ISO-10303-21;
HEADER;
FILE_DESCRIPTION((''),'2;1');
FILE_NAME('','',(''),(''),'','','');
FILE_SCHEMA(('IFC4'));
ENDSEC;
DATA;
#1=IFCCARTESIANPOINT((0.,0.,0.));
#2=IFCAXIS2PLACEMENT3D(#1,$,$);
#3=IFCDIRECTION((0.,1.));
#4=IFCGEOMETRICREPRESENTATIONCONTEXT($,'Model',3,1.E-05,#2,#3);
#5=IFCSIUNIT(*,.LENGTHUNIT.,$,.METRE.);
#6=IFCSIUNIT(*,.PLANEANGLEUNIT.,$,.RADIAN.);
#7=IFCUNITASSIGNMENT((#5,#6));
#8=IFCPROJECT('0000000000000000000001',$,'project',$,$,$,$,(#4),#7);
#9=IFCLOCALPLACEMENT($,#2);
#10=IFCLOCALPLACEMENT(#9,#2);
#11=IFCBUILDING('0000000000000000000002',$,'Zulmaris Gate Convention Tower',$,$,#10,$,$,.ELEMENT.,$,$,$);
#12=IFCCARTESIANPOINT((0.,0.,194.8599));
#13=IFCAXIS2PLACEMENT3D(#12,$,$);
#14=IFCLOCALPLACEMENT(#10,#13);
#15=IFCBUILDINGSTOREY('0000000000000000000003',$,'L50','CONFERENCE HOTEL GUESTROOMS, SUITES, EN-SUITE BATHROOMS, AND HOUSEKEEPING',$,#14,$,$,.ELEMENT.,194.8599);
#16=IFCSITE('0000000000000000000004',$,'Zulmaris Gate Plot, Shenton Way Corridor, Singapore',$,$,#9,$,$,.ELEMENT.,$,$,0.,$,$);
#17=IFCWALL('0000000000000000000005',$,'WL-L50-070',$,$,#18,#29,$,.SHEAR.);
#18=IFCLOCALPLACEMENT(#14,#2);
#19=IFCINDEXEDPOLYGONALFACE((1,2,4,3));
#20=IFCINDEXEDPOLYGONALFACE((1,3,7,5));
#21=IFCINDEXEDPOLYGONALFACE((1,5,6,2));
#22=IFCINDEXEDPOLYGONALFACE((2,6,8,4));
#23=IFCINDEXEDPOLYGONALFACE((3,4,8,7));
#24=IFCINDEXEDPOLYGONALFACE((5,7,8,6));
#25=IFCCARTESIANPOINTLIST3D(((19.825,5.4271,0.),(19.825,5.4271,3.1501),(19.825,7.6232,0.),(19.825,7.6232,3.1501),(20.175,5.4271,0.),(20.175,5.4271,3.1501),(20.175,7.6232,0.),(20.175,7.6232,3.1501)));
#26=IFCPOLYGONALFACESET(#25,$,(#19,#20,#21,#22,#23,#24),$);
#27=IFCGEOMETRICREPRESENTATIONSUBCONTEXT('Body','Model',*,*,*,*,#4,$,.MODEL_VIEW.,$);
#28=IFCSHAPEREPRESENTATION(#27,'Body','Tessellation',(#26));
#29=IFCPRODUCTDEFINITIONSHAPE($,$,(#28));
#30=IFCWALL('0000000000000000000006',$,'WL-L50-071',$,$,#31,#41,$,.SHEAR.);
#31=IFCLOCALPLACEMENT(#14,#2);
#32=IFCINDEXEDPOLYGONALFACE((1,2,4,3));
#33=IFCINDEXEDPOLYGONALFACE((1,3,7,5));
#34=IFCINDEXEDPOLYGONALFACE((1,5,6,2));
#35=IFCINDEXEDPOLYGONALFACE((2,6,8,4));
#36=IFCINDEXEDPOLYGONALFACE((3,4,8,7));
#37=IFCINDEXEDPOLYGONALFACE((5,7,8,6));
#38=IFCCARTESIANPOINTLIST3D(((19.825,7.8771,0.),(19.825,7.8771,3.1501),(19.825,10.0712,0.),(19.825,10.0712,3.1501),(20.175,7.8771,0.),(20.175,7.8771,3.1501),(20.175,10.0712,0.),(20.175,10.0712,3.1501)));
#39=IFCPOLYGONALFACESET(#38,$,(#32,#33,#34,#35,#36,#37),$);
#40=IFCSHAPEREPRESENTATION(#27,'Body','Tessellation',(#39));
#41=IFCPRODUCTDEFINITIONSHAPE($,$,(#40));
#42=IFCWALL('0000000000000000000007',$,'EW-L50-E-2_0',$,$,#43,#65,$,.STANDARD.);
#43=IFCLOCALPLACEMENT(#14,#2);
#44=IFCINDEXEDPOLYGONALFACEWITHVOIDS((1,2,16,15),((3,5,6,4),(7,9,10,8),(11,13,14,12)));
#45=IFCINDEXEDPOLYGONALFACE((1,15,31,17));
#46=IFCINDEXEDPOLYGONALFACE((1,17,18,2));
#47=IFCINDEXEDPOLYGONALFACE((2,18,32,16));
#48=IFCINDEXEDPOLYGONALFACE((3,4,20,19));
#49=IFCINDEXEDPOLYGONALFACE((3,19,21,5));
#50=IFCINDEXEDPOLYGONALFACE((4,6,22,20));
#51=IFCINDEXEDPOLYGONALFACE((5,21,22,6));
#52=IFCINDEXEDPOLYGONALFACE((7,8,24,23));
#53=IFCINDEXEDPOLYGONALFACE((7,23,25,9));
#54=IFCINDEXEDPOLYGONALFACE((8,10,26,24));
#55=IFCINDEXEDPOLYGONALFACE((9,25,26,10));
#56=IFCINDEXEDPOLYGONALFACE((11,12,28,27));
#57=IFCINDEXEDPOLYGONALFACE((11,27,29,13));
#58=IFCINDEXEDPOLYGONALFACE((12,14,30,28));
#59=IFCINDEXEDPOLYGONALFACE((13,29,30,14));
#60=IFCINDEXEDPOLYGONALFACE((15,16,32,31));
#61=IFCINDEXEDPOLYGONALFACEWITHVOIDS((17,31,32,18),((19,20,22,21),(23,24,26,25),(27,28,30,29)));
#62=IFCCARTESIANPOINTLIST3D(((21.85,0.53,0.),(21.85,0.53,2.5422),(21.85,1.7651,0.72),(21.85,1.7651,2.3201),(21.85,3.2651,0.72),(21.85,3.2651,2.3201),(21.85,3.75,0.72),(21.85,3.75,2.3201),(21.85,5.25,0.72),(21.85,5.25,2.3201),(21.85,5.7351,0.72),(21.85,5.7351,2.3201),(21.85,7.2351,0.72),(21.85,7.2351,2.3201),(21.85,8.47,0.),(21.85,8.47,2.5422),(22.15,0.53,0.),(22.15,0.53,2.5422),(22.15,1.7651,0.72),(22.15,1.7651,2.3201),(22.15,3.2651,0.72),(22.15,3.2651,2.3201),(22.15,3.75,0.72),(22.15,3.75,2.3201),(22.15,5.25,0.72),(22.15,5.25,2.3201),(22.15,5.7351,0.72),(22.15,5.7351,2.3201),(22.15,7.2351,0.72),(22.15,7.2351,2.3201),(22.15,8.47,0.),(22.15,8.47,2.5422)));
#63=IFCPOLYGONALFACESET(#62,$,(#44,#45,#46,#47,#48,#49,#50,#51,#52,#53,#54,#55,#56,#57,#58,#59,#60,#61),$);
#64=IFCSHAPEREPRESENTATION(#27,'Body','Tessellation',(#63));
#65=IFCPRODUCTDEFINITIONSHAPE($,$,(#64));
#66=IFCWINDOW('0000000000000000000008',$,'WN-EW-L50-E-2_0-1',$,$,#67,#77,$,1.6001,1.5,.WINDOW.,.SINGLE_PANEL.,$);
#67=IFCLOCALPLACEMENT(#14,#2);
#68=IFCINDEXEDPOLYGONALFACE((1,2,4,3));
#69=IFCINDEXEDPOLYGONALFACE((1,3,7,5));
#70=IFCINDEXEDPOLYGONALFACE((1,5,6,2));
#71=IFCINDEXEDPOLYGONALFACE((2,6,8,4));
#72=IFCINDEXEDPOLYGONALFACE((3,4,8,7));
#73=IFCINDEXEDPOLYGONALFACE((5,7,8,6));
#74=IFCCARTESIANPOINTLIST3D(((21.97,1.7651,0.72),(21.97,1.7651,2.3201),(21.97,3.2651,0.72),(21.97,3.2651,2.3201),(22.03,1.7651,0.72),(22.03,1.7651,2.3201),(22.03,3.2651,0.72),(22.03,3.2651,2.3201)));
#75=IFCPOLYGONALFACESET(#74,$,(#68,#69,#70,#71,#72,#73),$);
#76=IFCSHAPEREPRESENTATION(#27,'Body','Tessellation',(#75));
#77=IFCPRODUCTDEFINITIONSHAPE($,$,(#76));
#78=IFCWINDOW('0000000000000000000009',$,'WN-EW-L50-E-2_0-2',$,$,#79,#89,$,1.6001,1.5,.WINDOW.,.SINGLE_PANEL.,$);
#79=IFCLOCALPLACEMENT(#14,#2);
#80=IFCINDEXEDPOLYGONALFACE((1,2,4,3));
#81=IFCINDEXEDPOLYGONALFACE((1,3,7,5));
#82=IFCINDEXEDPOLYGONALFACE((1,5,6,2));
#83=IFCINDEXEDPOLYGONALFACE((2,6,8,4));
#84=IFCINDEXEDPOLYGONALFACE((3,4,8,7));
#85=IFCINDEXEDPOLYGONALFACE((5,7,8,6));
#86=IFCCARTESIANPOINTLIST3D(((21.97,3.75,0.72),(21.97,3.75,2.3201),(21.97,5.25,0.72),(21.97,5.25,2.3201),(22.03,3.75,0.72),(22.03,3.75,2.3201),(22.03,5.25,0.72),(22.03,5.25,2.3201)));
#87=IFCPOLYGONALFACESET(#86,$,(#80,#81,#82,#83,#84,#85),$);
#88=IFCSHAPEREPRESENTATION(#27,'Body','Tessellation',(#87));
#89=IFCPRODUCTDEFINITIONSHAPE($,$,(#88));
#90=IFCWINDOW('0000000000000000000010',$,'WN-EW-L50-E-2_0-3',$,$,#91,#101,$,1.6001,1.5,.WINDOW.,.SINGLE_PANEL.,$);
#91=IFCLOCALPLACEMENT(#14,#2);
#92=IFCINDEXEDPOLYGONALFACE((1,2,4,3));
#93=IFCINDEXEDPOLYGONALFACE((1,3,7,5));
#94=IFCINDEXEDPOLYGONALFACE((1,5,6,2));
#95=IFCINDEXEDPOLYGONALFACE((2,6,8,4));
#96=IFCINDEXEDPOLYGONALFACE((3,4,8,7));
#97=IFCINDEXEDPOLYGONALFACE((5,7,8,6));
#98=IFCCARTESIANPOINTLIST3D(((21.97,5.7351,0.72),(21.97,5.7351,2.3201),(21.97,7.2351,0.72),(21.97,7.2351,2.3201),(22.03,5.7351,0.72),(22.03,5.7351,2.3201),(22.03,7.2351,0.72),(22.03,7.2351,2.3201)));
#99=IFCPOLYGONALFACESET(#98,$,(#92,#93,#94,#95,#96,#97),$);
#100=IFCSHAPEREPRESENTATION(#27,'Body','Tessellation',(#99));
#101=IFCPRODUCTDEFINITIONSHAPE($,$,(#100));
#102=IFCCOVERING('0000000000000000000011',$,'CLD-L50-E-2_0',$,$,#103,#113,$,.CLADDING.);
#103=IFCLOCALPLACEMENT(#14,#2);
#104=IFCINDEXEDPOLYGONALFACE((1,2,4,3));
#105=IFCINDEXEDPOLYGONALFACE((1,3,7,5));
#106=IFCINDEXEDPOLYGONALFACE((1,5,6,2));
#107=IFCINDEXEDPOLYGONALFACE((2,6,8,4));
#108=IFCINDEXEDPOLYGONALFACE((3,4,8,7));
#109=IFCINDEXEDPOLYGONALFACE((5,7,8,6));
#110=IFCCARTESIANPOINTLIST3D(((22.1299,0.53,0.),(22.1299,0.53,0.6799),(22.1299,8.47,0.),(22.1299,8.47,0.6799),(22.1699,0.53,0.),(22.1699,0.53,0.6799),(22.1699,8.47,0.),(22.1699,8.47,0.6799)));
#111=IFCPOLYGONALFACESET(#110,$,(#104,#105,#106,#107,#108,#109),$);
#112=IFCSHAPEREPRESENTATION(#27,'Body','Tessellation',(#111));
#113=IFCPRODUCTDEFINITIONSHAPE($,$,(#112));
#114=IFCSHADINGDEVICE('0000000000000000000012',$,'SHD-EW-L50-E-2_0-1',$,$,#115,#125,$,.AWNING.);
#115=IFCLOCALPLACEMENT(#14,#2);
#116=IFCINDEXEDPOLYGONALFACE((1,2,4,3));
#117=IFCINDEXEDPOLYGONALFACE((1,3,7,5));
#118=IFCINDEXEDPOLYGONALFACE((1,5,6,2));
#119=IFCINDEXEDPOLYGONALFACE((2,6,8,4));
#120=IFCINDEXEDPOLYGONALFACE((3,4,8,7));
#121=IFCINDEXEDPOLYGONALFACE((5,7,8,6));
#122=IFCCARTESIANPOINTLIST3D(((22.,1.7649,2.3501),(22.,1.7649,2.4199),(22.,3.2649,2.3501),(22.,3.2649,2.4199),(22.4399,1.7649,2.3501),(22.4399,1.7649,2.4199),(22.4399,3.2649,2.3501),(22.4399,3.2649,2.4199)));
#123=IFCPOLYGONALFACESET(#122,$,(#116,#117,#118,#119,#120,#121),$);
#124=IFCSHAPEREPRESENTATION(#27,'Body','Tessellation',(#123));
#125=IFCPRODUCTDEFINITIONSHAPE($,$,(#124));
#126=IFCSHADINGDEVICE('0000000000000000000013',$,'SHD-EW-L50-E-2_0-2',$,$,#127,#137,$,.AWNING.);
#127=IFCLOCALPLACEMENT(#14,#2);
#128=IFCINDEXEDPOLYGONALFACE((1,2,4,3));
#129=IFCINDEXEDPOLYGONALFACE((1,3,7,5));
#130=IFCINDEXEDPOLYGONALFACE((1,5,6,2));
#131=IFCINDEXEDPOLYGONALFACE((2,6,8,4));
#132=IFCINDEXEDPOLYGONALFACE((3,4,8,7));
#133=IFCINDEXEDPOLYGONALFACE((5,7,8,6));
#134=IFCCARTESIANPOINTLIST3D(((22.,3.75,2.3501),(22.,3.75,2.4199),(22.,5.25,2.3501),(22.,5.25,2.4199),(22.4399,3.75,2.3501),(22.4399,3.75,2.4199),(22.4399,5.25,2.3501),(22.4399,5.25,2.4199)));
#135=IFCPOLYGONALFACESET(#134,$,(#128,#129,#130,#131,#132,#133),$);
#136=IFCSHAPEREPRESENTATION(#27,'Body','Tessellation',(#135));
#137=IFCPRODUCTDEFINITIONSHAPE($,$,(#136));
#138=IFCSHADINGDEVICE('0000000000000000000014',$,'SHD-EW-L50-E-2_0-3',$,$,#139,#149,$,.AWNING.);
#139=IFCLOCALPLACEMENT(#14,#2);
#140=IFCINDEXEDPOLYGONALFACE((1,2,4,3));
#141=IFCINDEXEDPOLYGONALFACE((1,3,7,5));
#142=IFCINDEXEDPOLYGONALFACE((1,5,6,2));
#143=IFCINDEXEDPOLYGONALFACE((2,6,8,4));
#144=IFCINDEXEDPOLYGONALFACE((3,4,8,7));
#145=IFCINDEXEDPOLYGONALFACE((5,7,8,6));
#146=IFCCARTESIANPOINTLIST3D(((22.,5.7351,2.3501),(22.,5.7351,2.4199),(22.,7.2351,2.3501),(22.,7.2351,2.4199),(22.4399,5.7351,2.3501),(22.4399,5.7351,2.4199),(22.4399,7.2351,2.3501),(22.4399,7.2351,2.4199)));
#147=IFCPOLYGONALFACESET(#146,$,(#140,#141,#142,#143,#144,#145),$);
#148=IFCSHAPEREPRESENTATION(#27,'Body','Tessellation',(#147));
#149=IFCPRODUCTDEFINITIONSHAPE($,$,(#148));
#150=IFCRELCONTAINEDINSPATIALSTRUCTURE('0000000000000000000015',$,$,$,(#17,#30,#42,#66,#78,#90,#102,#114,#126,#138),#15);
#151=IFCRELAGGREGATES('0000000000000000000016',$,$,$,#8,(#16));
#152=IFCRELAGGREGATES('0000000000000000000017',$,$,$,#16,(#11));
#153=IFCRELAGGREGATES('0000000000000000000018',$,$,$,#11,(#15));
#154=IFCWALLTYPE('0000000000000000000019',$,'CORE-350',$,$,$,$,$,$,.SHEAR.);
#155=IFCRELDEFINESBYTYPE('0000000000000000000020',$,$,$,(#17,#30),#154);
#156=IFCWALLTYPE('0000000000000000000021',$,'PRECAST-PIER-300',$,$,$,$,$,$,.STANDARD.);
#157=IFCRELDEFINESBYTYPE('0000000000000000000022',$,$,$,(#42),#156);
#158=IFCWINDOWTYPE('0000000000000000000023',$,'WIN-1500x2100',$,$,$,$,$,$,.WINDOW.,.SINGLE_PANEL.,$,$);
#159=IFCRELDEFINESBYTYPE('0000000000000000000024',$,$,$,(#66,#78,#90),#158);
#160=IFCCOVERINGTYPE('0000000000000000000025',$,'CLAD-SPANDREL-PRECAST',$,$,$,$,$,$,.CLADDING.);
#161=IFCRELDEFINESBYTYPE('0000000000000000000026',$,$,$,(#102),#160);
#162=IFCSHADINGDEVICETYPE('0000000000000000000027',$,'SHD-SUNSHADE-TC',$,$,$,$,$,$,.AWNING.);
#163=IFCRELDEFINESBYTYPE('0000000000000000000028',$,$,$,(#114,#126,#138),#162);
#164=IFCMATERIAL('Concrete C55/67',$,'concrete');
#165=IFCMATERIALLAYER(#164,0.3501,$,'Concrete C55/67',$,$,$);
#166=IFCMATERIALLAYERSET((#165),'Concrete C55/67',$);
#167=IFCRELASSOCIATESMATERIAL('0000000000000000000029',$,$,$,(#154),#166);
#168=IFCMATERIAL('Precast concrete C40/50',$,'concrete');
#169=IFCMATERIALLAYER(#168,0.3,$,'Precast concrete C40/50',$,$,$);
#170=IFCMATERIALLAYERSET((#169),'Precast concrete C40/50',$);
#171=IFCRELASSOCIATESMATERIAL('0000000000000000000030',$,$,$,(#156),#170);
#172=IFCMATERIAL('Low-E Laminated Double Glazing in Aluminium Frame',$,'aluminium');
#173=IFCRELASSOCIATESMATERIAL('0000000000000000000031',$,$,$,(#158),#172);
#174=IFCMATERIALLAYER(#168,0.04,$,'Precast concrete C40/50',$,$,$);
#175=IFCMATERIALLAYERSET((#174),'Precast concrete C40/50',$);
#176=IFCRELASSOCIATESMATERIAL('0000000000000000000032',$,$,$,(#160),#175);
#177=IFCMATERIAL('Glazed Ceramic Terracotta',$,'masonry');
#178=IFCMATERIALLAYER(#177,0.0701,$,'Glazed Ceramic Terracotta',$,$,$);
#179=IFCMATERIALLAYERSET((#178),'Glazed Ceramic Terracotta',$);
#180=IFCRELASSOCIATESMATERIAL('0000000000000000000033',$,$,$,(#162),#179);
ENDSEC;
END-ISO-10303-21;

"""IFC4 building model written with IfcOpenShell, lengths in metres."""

from ifc_helpers import new_model, si_unit, direction, frame, frame_2d, origin, place, context, subcontext, project, spatial, rectangle, extrude, material, layer, layer_set, type_object, element, fill, save


model = new_model("IFC4")

# Units and contexts
model_context = context("Model", 3, precision=1e-05, world=origin(), true_north=direction((0.0, 1.0)))
body_context = subcontext(model_context, "Body", "Model", "MODEL_VIEW")
ifc_project = project(units=[si_unit("LENGTHUNIT", "METRE"), si_unit("PLANEANGLEUNIT", "RADIAN")], contexts=[model_context])

# Site, building, storey
site_placement = place(None, origin())
site = spatial("IfcSite", under=ifc_project, at=site_placement, Name="Zulmaris Gate Plot, Shenton Way Corridor, Singapore", CompositionType="ELEMENT", RefElevation=0.0)
building_placement = place(site_placement, origin())
building = spatial("IfcBuilding", under=site, at=building_placement, Name="Zulmaris Gate Convention Tower", CompositionType="ELEMENT")
storey_placement = place(building_placement, frame((0.0, 0.0, 194.8599)))
storey = spatial("IfcBuildingStorey", under=building, at=storey_placement, Name="L50", Description="CONFERENCE HOTEL GUESTROOMS, SUITES, EN-SUITE BATHROOMS, AND HOUSEKEEPING", CompositionType="ELEMENT", Elevation=194.8599)

# Walls
ifc_material_1 = material(Name="Concrete C55/67", Category="concrete")
ifc_layer_1 = layer(ifc_material_1, 0.3501, Name="Concrete C55/67")
ifc_layer_set_1 = layer_set([ifc_layer_1], Name="Concrete C55/67")
wall_type_1 = type_object("IfcWallType", Name="CORE-350", PredefinedType="SHEAR", material=ifc_layer_set_1)
wall_1_placement = place(storey_placement, frame((20.0, 5.427, 0.0), z_axis=(0.0, 0.0, 1.0), x_axis=(0.0, 1.0, 0.0)))
element("IfcWall", 1, at=wall_1_placement, inside=storey, type_object=wall_type_1, Name="WL-L50-070", PredefinedType="SHEAR", context=body_context, shape_type="SweptSolid", body=[
    extrude(rectangle(XDim=2.196, YDim=0.3501, at=frame_2d((1.0981, 0.0))), origin(), (0.0, 0.0, 1.0), 3.1501),
])
wall_2_placement = place(storey_placement, frame((20.0, 7.877, 0.0), z_axis=(0.0, 0.0, 1.0), x_axis=(0.0, 1.0, 0.0)))
element("IfcWall", 2, at=wall_2_placement, inside=storey, type_object=wall_type_1, Name="WL-L50-071", PredefinedType="SHEAR", context=body_context, shape_type="SweptSolid", body=[
    extrude(rectangle(XDim=2.1941, YDim=0.3501, at=frame_2d((1.0972, 0.0))), origin(), (0.0, 0.0, 1.0), 3.1501),
])

# Wall, openings, windows
ifc_material_2 = material(Name="Precast concrete C40/50", Category="concrete")
ifc_layer_2 = layer(ifc_material_2, 0.3, Name="Precast concrete C40/50")
ifc_layer_set_2 = layer_set([ifc_layer_2], Name="Precast concrete C40/50")
wall_type_2 = type_object("IfcWallType", Name="PRECAST-PIER-300", PredefinedType="STANDARD", material=ifc_layer_set_2)
wall_3_placement = place(storey_placement, frame((22.0, 0.53, 0.0), z_axis=(0.0, 0.0, 1.0), x_axis=(0.0, 1.0, 0.0)))
wall_3 = element("IfcWall", 3, at=wall_3_placement, inside=storey, type_object=wall_type_2, Name="EW-L50-E-2_0", PredefinedType="STANDARD", context=body_context, shape_type="SweptSolid", body=[
    extrude(rectangle(XDim=7.9399, YDim=0.3, at=frame_2d((3.97, 0.0))), origin(), (0.0, 0.0, 1.0), 2.5422),
])
opening_1_placement = place(wall_3_placement, frame((1.2351, 0.0, 0.72)))
opening_1 = element("IfcOpeningElement", 4, at=opening_1_placement, cuts=wall_3, PredefinedType="OPENING", context=body_context, shape_type="SweptSolid", body=[
    extrude(rectangle(XDim=1.5, YDim=1.6001, at=frame_2d((0.75, 0.8))), frame((0.0, 0.1602, 0.0), z_axis=(0.0, -1.0, 0.0), x_axis=(1.0, 0.0, 0.0)), (0.0, 0.0, 1.0), 0.3201),
])
opening_2_placement = place(wall_3_placement, frame((3.22, 0.0, 0.72)))
opening_2 = element("IfcOpeningElement", 5, at=opening_2_placement, cuts=wall_3, PredefinedType="OPENING", context=body_context, shape_type="SweptSolid", body=[
    extrude(rectangle(XDim=1.5, YDim=1.6001, at=frame_2d((0.75, 0.8))), frame((0.0, 0.1602, 0.0), z_axis=(0.0, -1.0, 0.0), x_axis=(1.0, 0.0, 0.0)), (0.0, 0.0, 1.0), 0.3201),
])
opening_3_placement = place(wall_3_placement, frame((5.2051, 0.0, 0.72)))
opening_3 = element("IfcOpeningElement", 6, at=opening_3_placement, cuts=wall_3, PredefinedType="OPENING", context=body_context, shape_type="SweptSolid", body=[
    extrude(rectangle(XDim=1.5, YDim=1.6001, at=frame_2d((0.75, 0.8))), frame((0.0, 0.1602, 0.0), z_axis=(0.0, -1.0, 0.0), x_axis=(1.0, 0.0, 0.0)), (0.0, 0.0, 1.0), 0.3201),
])
ifc_material_3 = material(Name="Low-E Laminated Double Glazing in Aluminium Frame", Category="aluminium")
window_type = type_object("IfcWindowType", Name="WIN-1500x2100", PartitioningType="SINGLE_PANEL", PredefinedType="WINDOW", material=ifc_material_3)
window_1_placement = place(opening_1_placement, origin())
window_1 = element("IfcWindow", 7, at=window_1_placement, inside=storey, type_object=window_type, Name="WN-EW-L50-E-2_0-1", OverallHeight=1.6001, OverallWidth=1.5, PartitioningType="SINGLE_PANEL", PredefinedType="WINDOW", context=body_context, shape_type="SweptSolid", body=[
    extrude(rectangle(XDim=1.5, YDim=1.6001, at=frame_2d((0.75, 0.8))), frame((0.0, 0.03, 0.0), z_axis=(0.0, -1.0, 0.0), x_axis=(1.0, 0.0, 0.0)), (0.0, 0.0, 1.0), 0.0601),
])
fill(opening_1, window_1)
window_2_placement = place(opening_2_placement, origin())
window_2 = element("IfcWindow", 8, at=window_2_placement, inside=storey, type_object=window_type, Name="WN-EW-L50-E-2_0-2", OverallHeight=1.6001, OverallWidth=1.5, PartitioningType="SINGLE_PANEL", PredefinedType="WINDOW", context=body_context, shape_type="SweptSolid", body=[
    extrude(rectangle(XDim=1.5, YDim=1.6001, at=frame_2d((0.75, 0.8))), frame((0.0, 0.03, 0.0), z_axis=(0.0, -1.0, 0.0), x_axis=(1.0, 0.0, 0.0)), (0.0, 0.0, 1.0), 0.0601),
])
fill(opening_2, window_2)
window_3_placement = place(opening_3_placement, origin())
window_3 = element("IfcWindow", 9, at=window_3_placement, inside=storey, type_object=window_type, Name="WN-EW-L50-E-2_0-3", OverallHeight=1.6001, OverallWidth=1.5, PartitioningType="SINGLE_PANEL", PredefinedType="WINDOW", context=body_context, shape_type="SweptSolid", body=[
    extrude(rectangle(XDim=1.5, YDim=1.6001, at=frame_2d((0.75, 0.8))), frame((0.0, 0.03, 0.0), z_axis=(0.0, -1.0, 0.0), x_axis=(1.0, 0.0, 0.0)), (0.0, 0.0, 1.0), 0.0601),
])
fill(opening_3, window_3)

# Covering
ifc_layer_3 = layer(ifc_material_2, 0.04, Name="Precast concrete C40/50")
ifc_layer_set_3 = layer_set([ifc_layer_3], Name="Precast concrete C40/50")
covering_type = type_object("IfcCoveringType", Name="CLAD-SPANDREL-PRECAST", PredefinedType="CLADDING", material=ifc_layer_set_3)
covering_placement = place(storey_placement, frame((22.1499, 0.53, 0.0), z_axis=(0.0, 0.0, 1.0), x_axis=(0.0, 1.0, 0.0)))
element("IfcCovering", 10, at=covering_placement, inside=storey, type_object=covering_type, Name="CLD-L50-E-2_0", PredefinedType="CLADDING", context=body_context, shape_type="SweptSolid", body=[
    extrude(rectangle(XDim=7.9399, YDim=0.04, at=frame_2d((3.97, 0.0))), origin(), (0.0, 0.0, 1.0), 0.6799),
])

# Shading devices
ifc_material_4 = material(Name="Glazed Ceramic Terracotta", Category="masonry")
ifc_layer_4 = layer(ifc_material_4, 0.0701, Name="Glazed Ceramic Terracotta")
ifc_layer_set_4 = layer_set([ifc_layer_4], Name="Glazed Ceramic Terracotta")
shading_device_type = type_object("IfcShadingDeviceType", Name="SHD-SUNSHADE-TC", PredefinedType="AWNING", material=ifc_layer_set_4)
for number, where, z_axis, x_axis, name in (
    (11, (22.22, 1.7649, 2.3501), (0.0, 0.0, 1.0), (0.0, 1.0, 0.0), "SHD-EW-L50-E-2_0-1"),
    (12, (22.22, 3.75, 2.3501), (0.0, 0.0, 1.0), (0.0, 1.0, 0.0), "SHD-EW-L50-E-2_0-2"),
    (13, (22.22, 5.7351, 2.3501), (0.0, 0.0, 1.0), (0.0, 1.0, 0.0), "SHD-EW-L50-E-2_0-3"),
):
    element("IfcShadingDevice", number, at=place(storey_placement, frame(where, z_axis=z_axis, x_axis=x_axis)), inside=storey, type_object=shading_device_type, Name=name, PredefinedType="AWNING", context=body_context, shape_type="SweptSolid", body=[
        extrude(rectangle(XDim=1.5, YDim=0.4399, at=frame_2d((0.75, 0.0))), origin(), (0.0, 0.0, 1.0), 0.0698),
    ])

save(model, "model.ifc")
